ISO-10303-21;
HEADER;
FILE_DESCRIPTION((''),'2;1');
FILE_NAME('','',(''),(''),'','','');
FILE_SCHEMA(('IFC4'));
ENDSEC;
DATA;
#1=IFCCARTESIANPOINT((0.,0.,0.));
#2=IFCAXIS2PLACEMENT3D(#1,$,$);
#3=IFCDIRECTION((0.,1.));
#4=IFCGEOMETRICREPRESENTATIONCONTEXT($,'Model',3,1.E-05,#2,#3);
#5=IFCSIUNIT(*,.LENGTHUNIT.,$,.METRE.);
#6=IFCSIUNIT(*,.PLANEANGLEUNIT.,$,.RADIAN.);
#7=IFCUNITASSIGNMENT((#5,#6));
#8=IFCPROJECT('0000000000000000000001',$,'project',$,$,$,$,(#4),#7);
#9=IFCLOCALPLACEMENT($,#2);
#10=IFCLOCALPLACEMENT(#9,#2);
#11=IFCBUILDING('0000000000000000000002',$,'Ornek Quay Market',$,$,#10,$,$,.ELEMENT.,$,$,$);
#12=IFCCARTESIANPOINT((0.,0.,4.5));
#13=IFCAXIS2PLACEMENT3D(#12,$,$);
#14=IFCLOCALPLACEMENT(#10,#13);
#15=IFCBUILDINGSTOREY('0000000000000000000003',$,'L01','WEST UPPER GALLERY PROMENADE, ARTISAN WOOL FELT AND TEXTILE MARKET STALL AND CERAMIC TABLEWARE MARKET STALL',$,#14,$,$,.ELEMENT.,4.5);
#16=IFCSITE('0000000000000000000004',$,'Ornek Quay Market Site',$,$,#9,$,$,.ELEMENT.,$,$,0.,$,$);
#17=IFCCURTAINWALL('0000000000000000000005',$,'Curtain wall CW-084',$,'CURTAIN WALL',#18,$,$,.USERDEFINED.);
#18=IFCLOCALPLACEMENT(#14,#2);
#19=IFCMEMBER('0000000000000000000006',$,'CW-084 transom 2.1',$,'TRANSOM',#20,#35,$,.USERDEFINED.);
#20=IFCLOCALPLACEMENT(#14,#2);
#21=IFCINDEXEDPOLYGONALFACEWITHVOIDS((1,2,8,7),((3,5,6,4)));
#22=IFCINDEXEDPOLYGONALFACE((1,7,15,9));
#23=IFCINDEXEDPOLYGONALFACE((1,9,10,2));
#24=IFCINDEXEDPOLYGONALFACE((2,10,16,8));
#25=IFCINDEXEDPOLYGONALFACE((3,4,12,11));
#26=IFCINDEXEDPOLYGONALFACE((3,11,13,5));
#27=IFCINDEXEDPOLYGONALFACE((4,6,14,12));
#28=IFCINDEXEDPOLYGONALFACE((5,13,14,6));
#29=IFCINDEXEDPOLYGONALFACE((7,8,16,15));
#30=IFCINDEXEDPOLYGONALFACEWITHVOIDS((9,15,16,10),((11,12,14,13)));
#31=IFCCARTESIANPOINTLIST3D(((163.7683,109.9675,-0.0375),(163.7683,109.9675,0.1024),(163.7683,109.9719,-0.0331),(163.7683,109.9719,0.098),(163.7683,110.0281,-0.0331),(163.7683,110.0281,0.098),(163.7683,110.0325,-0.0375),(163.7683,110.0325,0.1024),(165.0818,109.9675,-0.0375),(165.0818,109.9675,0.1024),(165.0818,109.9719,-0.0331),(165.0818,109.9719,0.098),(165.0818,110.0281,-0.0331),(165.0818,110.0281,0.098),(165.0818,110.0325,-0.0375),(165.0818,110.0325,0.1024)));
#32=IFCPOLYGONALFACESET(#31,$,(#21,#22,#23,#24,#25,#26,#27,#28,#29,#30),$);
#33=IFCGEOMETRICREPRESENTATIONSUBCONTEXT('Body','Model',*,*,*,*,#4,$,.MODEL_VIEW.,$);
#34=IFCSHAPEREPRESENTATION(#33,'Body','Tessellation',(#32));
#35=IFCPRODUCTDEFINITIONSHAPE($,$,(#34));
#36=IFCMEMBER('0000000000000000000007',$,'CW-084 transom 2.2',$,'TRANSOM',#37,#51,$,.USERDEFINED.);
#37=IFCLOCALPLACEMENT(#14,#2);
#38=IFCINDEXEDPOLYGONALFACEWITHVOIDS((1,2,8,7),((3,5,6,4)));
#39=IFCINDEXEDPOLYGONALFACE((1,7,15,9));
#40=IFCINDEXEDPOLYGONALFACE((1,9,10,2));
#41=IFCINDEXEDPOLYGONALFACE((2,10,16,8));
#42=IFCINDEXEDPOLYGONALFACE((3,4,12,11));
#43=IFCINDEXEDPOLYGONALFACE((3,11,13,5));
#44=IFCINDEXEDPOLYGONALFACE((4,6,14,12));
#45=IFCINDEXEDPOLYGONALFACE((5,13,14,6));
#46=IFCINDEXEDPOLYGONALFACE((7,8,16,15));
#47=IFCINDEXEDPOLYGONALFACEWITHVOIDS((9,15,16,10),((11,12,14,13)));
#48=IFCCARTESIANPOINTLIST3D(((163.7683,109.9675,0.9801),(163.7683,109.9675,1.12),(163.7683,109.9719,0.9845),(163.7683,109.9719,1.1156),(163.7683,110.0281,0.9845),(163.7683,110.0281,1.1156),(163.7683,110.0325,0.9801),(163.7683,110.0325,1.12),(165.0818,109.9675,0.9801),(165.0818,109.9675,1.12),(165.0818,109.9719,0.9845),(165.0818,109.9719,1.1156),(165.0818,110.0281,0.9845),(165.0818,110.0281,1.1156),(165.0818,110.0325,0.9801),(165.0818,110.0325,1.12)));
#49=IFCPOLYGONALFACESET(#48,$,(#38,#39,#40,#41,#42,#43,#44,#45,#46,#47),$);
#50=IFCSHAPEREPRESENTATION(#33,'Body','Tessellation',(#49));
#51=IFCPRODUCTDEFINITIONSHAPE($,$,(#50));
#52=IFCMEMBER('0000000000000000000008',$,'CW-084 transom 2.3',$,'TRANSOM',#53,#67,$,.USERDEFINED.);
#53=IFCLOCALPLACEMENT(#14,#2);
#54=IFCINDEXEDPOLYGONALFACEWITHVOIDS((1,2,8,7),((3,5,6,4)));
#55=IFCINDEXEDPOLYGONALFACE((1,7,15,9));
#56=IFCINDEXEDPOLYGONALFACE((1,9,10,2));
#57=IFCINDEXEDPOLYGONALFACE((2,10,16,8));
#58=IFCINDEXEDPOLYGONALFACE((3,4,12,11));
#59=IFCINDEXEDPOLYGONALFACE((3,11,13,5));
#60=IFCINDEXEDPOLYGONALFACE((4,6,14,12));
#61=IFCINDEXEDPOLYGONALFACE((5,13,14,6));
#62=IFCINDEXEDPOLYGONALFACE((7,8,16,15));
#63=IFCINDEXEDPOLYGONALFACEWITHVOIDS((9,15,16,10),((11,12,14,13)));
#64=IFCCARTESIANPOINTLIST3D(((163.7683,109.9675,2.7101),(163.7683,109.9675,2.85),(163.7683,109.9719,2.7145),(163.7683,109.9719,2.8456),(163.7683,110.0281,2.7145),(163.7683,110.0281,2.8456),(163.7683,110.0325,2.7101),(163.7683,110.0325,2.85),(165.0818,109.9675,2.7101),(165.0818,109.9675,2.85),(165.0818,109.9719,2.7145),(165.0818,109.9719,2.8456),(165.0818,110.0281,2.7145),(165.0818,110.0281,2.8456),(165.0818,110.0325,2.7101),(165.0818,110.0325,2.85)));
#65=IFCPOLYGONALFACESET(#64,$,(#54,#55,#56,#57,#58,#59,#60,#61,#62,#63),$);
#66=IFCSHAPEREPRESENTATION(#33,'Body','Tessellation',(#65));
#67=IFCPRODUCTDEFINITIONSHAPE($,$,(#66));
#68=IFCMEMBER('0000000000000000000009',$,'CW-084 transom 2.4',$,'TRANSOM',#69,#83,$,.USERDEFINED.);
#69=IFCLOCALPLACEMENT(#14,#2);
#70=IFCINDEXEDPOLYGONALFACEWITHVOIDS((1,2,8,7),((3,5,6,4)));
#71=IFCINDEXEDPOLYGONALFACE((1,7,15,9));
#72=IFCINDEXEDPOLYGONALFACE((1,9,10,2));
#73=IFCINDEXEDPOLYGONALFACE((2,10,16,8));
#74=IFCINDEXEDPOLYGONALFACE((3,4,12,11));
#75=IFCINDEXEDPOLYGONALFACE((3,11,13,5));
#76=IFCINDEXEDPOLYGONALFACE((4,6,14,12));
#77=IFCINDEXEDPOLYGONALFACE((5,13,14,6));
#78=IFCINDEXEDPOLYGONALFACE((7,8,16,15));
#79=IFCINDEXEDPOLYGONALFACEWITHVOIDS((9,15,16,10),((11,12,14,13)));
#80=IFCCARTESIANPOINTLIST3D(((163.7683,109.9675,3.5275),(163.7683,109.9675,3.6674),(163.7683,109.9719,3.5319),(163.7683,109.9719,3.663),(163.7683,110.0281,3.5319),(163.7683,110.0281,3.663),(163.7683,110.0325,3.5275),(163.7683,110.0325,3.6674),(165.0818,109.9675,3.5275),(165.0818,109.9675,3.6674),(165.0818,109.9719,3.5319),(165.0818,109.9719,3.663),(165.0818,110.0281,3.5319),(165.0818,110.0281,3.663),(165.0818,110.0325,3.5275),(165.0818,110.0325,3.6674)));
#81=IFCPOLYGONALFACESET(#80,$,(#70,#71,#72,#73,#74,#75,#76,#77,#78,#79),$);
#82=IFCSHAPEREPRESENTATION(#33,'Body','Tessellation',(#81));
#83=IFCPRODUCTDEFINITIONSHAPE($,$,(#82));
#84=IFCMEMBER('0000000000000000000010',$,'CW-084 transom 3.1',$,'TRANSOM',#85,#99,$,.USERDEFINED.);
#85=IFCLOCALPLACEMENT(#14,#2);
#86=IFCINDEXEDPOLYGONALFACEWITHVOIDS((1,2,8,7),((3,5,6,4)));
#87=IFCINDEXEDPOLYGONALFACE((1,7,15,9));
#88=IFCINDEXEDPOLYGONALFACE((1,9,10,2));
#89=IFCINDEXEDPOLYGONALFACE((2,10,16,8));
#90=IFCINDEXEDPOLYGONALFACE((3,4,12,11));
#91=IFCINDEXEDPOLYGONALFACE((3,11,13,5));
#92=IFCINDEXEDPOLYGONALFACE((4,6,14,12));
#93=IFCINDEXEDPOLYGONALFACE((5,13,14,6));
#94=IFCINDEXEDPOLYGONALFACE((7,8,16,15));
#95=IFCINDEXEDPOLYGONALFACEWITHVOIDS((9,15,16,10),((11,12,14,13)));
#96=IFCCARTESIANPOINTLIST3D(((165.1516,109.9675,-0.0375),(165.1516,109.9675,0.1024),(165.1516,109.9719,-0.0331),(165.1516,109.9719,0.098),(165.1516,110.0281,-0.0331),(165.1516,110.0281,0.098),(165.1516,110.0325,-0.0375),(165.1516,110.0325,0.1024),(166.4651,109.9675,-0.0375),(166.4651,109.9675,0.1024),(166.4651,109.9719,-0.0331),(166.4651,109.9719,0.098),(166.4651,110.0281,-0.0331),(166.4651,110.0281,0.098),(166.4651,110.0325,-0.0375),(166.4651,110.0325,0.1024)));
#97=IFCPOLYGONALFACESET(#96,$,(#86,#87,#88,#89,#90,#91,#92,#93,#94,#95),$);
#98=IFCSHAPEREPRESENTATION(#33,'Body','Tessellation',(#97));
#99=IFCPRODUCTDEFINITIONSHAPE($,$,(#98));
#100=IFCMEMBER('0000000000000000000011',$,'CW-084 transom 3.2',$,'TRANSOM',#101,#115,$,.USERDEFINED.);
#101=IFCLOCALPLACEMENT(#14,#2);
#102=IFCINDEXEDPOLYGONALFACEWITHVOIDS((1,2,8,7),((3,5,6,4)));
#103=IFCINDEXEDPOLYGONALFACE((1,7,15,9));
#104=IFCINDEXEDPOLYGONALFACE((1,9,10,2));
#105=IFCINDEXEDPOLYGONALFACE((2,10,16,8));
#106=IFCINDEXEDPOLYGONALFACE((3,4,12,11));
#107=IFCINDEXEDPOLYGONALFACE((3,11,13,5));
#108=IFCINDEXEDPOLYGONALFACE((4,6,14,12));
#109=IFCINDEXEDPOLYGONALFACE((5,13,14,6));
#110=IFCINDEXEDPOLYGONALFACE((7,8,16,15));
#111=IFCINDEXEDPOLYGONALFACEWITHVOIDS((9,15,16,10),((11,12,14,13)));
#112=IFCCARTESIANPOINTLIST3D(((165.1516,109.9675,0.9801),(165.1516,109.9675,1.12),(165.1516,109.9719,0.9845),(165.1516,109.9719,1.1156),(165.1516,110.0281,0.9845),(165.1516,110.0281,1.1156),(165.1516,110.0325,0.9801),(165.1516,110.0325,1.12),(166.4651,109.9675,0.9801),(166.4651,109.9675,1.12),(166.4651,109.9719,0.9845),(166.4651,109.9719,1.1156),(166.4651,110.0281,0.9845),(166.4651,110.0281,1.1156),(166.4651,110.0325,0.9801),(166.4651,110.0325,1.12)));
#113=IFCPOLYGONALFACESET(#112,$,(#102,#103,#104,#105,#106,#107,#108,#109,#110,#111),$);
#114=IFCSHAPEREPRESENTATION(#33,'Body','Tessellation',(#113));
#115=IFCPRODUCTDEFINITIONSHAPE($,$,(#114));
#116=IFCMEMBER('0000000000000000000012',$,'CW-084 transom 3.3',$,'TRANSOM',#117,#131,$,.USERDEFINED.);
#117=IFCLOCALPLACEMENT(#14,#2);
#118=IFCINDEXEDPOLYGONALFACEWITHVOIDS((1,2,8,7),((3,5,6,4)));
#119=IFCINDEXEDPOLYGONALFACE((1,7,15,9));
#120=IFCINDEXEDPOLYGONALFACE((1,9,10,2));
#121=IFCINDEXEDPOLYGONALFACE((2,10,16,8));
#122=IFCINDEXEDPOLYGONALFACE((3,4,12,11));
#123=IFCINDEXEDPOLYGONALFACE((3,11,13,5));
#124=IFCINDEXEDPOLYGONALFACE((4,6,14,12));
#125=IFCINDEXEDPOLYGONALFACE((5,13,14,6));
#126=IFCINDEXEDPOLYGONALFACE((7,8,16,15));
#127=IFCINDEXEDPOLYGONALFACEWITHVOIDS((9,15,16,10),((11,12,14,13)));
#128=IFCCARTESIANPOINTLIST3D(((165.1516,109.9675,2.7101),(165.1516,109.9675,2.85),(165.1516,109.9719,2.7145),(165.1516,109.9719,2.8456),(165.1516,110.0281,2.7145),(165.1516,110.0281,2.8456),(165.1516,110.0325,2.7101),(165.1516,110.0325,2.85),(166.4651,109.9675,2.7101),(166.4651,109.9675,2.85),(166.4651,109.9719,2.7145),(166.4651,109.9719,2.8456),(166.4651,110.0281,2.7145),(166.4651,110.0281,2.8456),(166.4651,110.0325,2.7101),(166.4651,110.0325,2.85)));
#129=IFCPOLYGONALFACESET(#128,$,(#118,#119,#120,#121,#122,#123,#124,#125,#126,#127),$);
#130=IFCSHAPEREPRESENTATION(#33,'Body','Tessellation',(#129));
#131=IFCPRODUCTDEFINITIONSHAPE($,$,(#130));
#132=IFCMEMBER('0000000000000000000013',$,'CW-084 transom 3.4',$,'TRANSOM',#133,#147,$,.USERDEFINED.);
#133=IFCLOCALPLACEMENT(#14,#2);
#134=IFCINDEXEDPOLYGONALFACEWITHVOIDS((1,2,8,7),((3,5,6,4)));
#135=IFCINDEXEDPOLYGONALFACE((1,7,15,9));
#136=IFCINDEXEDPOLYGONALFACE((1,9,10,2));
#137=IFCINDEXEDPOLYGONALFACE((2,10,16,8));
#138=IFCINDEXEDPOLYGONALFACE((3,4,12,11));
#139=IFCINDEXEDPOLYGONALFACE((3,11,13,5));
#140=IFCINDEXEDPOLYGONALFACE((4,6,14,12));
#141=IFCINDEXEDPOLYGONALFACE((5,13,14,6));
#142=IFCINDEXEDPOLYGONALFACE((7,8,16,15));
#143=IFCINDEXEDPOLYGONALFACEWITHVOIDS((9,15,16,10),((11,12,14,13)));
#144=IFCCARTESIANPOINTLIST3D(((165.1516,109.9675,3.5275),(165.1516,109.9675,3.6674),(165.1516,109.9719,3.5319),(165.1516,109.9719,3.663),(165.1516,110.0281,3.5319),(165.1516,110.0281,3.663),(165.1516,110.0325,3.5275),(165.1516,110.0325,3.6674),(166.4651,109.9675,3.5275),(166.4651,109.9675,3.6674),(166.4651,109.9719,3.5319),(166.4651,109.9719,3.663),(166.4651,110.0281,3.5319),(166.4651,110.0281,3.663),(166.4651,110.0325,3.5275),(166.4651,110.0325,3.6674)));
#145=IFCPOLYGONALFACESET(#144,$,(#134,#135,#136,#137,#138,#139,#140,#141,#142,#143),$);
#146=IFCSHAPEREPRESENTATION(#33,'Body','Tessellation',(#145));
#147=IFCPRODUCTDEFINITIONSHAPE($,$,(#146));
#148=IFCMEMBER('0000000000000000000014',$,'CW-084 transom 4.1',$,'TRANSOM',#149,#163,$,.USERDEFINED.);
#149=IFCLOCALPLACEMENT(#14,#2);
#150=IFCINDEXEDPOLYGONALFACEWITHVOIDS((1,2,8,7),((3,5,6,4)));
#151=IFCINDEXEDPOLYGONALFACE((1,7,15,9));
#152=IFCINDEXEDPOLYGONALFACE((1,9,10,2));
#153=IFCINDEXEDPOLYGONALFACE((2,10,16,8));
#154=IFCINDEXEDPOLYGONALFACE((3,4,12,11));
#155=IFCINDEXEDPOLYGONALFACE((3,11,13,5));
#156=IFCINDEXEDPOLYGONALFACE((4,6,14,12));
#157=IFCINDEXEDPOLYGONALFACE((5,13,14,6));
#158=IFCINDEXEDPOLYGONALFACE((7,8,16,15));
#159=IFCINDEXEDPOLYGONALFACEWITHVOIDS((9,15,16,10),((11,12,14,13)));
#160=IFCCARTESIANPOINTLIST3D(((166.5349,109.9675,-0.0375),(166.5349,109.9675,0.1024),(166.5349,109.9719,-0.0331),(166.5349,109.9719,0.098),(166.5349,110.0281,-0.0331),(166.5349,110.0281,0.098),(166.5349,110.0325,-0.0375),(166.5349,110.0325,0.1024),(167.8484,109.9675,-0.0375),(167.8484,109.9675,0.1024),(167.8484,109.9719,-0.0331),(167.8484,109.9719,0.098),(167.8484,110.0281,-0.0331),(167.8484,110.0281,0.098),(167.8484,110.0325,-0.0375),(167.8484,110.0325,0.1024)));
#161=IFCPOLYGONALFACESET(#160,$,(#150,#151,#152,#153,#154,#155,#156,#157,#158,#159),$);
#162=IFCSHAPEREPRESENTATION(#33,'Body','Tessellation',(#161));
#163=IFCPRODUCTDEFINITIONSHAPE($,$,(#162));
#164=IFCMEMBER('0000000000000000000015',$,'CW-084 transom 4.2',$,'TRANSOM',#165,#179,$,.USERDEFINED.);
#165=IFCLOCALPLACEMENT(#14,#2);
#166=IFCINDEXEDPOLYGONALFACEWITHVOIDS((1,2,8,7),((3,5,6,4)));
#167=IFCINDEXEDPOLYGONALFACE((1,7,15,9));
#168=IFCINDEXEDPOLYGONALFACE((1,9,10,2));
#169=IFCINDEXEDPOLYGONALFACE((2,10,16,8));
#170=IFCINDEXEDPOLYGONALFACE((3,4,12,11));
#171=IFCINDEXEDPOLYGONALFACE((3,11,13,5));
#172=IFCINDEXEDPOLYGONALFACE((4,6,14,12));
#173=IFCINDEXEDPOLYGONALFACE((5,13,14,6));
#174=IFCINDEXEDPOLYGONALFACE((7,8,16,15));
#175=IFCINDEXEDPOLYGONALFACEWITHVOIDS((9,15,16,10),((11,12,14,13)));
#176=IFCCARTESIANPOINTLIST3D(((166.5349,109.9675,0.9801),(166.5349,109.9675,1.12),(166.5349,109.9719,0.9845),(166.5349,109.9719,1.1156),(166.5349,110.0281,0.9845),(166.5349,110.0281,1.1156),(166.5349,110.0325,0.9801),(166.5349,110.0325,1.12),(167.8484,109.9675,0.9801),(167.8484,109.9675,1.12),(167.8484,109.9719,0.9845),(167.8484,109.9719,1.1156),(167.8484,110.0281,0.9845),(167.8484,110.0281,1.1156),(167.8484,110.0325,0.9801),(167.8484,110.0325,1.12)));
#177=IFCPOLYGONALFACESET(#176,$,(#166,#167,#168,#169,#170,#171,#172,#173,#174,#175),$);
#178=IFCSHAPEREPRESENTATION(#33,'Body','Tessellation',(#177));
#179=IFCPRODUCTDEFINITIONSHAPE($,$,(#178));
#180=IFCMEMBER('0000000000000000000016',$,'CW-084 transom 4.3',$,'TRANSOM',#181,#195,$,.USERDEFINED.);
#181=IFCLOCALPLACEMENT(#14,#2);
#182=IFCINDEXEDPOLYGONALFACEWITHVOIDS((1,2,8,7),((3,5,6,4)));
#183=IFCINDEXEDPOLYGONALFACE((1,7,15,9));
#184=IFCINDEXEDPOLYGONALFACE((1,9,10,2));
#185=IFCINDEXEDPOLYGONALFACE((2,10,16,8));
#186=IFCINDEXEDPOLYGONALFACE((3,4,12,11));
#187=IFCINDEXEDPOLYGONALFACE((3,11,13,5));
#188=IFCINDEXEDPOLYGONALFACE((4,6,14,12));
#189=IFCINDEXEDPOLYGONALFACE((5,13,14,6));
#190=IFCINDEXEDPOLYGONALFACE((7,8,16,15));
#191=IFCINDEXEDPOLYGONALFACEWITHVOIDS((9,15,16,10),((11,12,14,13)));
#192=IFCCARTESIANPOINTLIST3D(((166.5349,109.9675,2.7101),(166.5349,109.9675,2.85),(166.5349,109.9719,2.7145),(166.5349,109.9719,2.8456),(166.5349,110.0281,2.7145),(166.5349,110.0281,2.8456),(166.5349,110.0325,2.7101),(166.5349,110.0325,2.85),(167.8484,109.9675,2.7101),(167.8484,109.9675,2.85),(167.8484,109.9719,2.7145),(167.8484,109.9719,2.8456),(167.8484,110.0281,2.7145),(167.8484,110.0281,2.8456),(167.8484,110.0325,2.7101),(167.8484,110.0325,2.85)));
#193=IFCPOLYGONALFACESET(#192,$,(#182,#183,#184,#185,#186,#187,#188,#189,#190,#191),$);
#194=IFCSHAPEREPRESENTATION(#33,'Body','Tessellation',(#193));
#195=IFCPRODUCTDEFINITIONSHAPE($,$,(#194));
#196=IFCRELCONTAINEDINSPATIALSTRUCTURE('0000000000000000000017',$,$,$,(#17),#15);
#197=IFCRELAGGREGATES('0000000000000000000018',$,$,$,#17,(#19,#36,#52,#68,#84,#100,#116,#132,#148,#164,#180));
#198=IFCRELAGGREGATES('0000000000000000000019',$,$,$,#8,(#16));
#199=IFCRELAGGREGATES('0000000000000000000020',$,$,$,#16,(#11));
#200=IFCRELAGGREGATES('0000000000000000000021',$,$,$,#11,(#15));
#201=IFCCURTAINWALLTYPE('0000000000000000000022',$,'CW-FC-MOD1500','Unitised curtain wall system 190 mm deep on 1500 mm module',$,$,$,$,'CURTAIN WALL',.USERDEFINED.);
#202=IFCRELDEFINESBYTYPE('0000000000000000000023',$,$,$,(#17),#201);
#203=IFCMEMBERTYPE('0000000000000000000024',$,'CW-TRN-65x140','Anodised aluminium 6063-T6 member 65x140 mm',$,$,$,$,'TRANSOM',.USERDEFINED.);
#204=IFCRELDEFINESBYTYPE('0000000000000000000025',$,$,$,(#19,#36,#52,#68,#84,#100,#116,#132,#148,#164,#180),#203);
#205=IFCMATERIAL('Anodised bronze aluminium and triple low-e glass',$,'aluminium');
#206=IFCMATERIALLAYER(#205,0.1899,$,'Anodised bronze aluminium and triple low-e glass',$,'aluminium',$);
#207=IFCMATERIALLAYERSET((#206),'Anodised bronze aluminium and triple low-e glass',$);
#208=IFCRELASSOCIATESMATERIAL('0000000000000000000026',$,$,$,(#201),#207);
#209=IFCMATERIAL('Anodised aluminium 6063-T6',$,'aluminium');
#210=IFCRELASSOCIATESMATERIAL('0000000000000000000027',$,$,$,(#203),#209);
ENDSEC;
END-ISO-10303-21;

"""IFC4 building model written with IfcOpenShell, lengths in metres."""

from ifc_helpers import new_model, si_unit, direction, frame, origin, origin_2d, place, context, subcontext, project, spatial, hollow_rectangle, extrude, material, layer, layer_set, material_profile, profile_set, type_object, element, aggregate, save


model = new_model("IFC4")

# Units and contexts
model_context = context("Model", 3, precision=1e-05, world=origin(), true_north=direction((0.0, 1.0)))
body_context = subcontext(model_context, "Body", "Model", "MODEL_VIEW")
ifc_project = project(units=[si_unit("LENGTHUNIT", "METRE"), si_unit("PLANEANGLEUNIT", "RADIAN")], contexts=[model_context])

# Site, building, storey
site_placement = place(None, origin())
site = spatial("IfcSite", under=ifc_project, at=site_placement, Name="Ornek Quay Market Site", CompositionType="ELEMENT", RefElevation=0.0)
building_placement = place(site_placement, origin())
building = spatial("IfcBuilding", under=site, at=building_placement, Name="Ornek Quay Market", CompositionType="ELEMENT")
storey_placement = place(building_placement, frame((0.0, 0.0, 4.5)))
storey = spatial("IfcBuildingStorey", under=building, at=storey_placement, Name="L01", Description="WEST UPPER GALLERY PROMENADE, ARTISAN WOOL FELT AND TEXTILE MARKET STALL AND CERAMIC TABLEWARE MARKET STALL", CompositionType="ELEMENT", Elevation=4.5)

# Shared definitions
ifc_material_1 = material(Name="Anodised bronze aluminium and triple low-e glass", Category="aluminium")
ifc_layer_1 = layer(ifc_material_1, 0.1899, Name="Anodised bronze aluminium and triple low-e glass", Category="aluminium")
ifc_layer_set_1 = layer_set([ifc_layer_1], Name="Anodised bronze aluminium and triple low-e glass")
curtain_wall_type = type_object("IfcCurtainWallType", Name="CW-FC-MOD1500", Description="Unitised curtain wall system 190 mm deep on 1500 mm module", ElementType="CURTAIN WALL", PredefinedType="USERDEFINED", material=ifc_layer_set_1)
ifc_material_2 = material(Name="Anodised aluminium 6063-T6", Category="aluminium")

# Curtain wall, members
curtain_wall_1_placement = place(storey_placement, origin())
curtain_wall_1 = element("IfcCurtainWall", 1, at=curtain_wall_1_placement, inside=storey, type_object=curtain_wall_type, Name="Curtain wall CW-084", ObjectType="CURTAIN WALL", PredefinedType="USERDEFINED")
ifc_material_profile_1 = material_profile(ifc_material_2, hollow_rectangle(XDim=0.0649, YDim=0.1399, WallThickness=0.0044, at=origin_2d()), Name="CW-TRN-65x140", Category="aluminium")
ifc_profile_set_1 = profile_set([ifc_material_profile_1], Name="Anodised aluminium 6063-T6")
member_type_1 = type_object("IfcMemberType", Name="CW-TRN-65x140", Description="Anodised aluminium 6063-T6 member 65x140 mm", ElementType="TRANSOM", PredefinedType="USERDEFINED", material=ifc_profile_set_1)
member_1_placement = place(storey_placement, frame((163.7683, 110.0, 0.0325), z_axis=(1.0, 0.0, 0.0), x_axis=(0.0, 1.0, 0.0)))
member_1 = element("IfcMember", 2, at=member_1_placement, type_object=member_type_1, Name="CW-084 transom 2.1", ObjectType="TRANSOM", PredefinedType="USERDEFINED", context=body_context, shape_type="SweptSolid", body=[
    extrude(hollow_rectangle(XDim=0.0649, YDim=0.1399, WallThickness=0.0044, at=origin_2d()), origin(), (0.0, 0.0, 1.0), 1.3135),
])
member_2_placement = place(storey_placement, frame((163.7683, 110.0, 1.05), z_axis=(1.0, 0.0, 0.0), x_axis=(0.0, 1.0, 0.0)))
member_2 = element("IfcMember", 3, at=member_2_placement, type_object=member_type_1, Name="CW-084 transom 2.2", ObjectType="TRANSOM", PredefinedType="USERDEFINED", context=body_context, shape_type="SweptSolid", body=[
    extrude(hollow_rectangle(XDim=0.0649, YDim=0.1399, WallThickness=0.0044, at=origin_2d()), origin(), (0.0, 0.0, 1.0), 1.3135),
])
member_3_placement = place(storey_placement, frame((163.7683, 110.0, 2.78), z_axis=(1.0, 0.0, 0.0), x_axis=(0.0, 1.0, 0.0)))
member_3 = element("IfcMember", 4, at=member_3_placement, type_object=member_type_1, Name="CW-084 transom 2.3", ObjectType="TRANSOM", PredefinedType="USERDEFINED", context=body_context, shape_type="SweptSolid", body=[
    extrude(hollow_rectangle(XDim=0.0649, YDim=0.1399, WallThickness=0.0044, at=origin_2d()), origin(), (0.0, 0.0, 1.0), 1.3135),
])
member_4_placement = place(storey_placement, frame((163.7683, 110.0, 3.5974), z_axis=(1.0, 0.0, 0.0), x_axis=(0.0, 1.0, 0.0)))
member_4 = element("IfcMember", 5, at=member_4_placement, type_object=member_type_1, Name="CW-084 transom 2.4", ObjectType="TRANSOM", PredefinedType="USERDEFINED", context=body_context, shape_type="SweptSolid", body=[
    extrude(hollow_rectangle(XDim=0.0649, YDim=0.1399, WallThickness=0.0044, at=origin_2d()), origin(), (0.0, 0.0, 1.0), 1.3135),
])
member_5_placement = place(storey_placement, frame((165.1516, 110.0, 0.0325), z_axis=(1.0, 0.0, 0.0), x_axis=(0.0, 1.0, 0.0)))
member_5 = element("IfcMember", 6, at=member_5_placement, type_object=member_type_1, Name="CW-084 transom 3.1", ObjectType="TRANSOM", PredefinedType="USERDEFINED", context=body_context, shape_type="SweptSolid", body=[
    extrude(hollow_rectangle(XDim=0.0649, YDim=0.1399, WallThickness=0.0044, at=origin_2d()), origin(), (0.0, 0.0, 1.0), 1.3135),
])
member_6_placement = place(storey_placement, frame((165.1516, 110.0, 1.05), z_axis=(1.0, 0.0, 0.0), x_axis=(0.0, 1.0, 0.0)))
member_6 = element("IfcMember", 7, at=member_6_placement, type_object=member_type_1, Name="CW-084 transom 3.2", ObjectType="TRANSOM", PredefinedType="USERDEFINED", context=body_context, shape_type="SweptSolid", body=[
    extrude(hollow_rectangle(XDim=0.0649, YDim=0.1399, WallThickness=0.0044, at=origin_2d()), origin(), (0.0, 0.0, 1.0), 1.3135),
])
member_7_placement = place(storey_placement, frame((165.1516, 110.0, 2.78), z_axis=(1.0, 0.0, 0.0), x_axis=(0.0, 1.0, 0.0)))
member_7 = element("IfcMember", 8, at=member_7_placement, type_object=member_type_1, Name="CW-084 transom 3.3", ObjectType="TRANSOM", PredefinedType="USERDEFINED", context=body_context, shape_type="SweptSolid", body=[
    extrude(hollow_rectangle(XDim=0.0649, YDim=0.1399, WallThickness=0.0044, at=origin_2d()), origin(), (0.0, 0.0, 1.0), 1.3135),
])
member_8_placement = place(storey_placement, frame((165.1516, 110.0, 3.5974), z_axis=(1.0, 0.0, 0.0), x_axis=(0.0, 1.0, 0.0)))
member_8 = element("IfcMember", 9, at=member_8_placement, type_object=member_type_1, Name="CW-084 transom 3.4", ObjectType="TRANSOM", PredefinedType="USERDEFINED", context=body_context, shape_type="SweptSolid", body=[
    extrude(hollow_rectangle(XDim=0.0649, YDim=0.1399, WallThickness=0.0044, at=origin_2d()), origin(), (0.0, 0.0, 1.0), 1.3135),
])
member_9_placement = place(storey_placement, frame((166.5349, 110.0, 0.0325), z_axis=(1.0, 0.0, 0.0), x_axis=(0.0, 1.0, 0.0)))
member_9 = element("IfcMember", 10, at=member_9_placement, type_object=member_type_1, Name="CW-084 transom 4.1", ObjectType="TRANSOM", PredefinedType="USERDEFINED", context=body_context, shape_type="SweptSolid", body=[
    extrude(hollow_rectangle(XDim=0.0649, YDim=0.1399, WallThickness=0.0044, at=origin_2d()), origin(), (0.0, 0.0, 1.0), 1.3135),
])
member_10_placement = place(storey_placement, frame((166.5349, 110.0, 1.05), z_axis=(1.0, 0.0, 0.0), x_axis=(0.0, 1.0, 0.0)))
member_10 = element("IfcMember", 11, at=member_10_placement, type_object=member_type_1, Name="CW-084 transom 4.2", ObjectType="TRANSOM", PredefinedType="USERDEFINED", context=body_context, shape_type="SweptSolid", body=[
    extrude(hollow_rectangle(XDim=0.0649, YDim=0.1399, WallThickness=0.0044, at=origin_2d()), origin(), (0.0, 0.0, 1.0), 1.3135),
])
member_11_placement = place(storey_placement, frame((166.5349, 110.0, 2.78), z_axis=(1.0, 0.0, 0.0), x_axis=(0.0, 1.0, 0.0)))
member_11 = element("IfcMember", 12, at=member_11_placement, type_object=member_type_1, Name="CW-084 transom 4.3", ObjectType="TRANSOM", PredefinedType="USERDEFINED", context=body_context, shape_type="SweptSolid", body=[
    extrude(hollow_rectangle(XDim=0.0649, YDim=0.1399, WallThickness=0.0044, at=origin_2d()), origin(), (0.0, 0.0, 1.0), 1.3135),
])

aggregate(curtain_wall_1, [member_1, member_2, member_3, member_4, member_5, member_6, member_7, member_8, member_9, member_10, member_11])

save(model, "model.ifc")
